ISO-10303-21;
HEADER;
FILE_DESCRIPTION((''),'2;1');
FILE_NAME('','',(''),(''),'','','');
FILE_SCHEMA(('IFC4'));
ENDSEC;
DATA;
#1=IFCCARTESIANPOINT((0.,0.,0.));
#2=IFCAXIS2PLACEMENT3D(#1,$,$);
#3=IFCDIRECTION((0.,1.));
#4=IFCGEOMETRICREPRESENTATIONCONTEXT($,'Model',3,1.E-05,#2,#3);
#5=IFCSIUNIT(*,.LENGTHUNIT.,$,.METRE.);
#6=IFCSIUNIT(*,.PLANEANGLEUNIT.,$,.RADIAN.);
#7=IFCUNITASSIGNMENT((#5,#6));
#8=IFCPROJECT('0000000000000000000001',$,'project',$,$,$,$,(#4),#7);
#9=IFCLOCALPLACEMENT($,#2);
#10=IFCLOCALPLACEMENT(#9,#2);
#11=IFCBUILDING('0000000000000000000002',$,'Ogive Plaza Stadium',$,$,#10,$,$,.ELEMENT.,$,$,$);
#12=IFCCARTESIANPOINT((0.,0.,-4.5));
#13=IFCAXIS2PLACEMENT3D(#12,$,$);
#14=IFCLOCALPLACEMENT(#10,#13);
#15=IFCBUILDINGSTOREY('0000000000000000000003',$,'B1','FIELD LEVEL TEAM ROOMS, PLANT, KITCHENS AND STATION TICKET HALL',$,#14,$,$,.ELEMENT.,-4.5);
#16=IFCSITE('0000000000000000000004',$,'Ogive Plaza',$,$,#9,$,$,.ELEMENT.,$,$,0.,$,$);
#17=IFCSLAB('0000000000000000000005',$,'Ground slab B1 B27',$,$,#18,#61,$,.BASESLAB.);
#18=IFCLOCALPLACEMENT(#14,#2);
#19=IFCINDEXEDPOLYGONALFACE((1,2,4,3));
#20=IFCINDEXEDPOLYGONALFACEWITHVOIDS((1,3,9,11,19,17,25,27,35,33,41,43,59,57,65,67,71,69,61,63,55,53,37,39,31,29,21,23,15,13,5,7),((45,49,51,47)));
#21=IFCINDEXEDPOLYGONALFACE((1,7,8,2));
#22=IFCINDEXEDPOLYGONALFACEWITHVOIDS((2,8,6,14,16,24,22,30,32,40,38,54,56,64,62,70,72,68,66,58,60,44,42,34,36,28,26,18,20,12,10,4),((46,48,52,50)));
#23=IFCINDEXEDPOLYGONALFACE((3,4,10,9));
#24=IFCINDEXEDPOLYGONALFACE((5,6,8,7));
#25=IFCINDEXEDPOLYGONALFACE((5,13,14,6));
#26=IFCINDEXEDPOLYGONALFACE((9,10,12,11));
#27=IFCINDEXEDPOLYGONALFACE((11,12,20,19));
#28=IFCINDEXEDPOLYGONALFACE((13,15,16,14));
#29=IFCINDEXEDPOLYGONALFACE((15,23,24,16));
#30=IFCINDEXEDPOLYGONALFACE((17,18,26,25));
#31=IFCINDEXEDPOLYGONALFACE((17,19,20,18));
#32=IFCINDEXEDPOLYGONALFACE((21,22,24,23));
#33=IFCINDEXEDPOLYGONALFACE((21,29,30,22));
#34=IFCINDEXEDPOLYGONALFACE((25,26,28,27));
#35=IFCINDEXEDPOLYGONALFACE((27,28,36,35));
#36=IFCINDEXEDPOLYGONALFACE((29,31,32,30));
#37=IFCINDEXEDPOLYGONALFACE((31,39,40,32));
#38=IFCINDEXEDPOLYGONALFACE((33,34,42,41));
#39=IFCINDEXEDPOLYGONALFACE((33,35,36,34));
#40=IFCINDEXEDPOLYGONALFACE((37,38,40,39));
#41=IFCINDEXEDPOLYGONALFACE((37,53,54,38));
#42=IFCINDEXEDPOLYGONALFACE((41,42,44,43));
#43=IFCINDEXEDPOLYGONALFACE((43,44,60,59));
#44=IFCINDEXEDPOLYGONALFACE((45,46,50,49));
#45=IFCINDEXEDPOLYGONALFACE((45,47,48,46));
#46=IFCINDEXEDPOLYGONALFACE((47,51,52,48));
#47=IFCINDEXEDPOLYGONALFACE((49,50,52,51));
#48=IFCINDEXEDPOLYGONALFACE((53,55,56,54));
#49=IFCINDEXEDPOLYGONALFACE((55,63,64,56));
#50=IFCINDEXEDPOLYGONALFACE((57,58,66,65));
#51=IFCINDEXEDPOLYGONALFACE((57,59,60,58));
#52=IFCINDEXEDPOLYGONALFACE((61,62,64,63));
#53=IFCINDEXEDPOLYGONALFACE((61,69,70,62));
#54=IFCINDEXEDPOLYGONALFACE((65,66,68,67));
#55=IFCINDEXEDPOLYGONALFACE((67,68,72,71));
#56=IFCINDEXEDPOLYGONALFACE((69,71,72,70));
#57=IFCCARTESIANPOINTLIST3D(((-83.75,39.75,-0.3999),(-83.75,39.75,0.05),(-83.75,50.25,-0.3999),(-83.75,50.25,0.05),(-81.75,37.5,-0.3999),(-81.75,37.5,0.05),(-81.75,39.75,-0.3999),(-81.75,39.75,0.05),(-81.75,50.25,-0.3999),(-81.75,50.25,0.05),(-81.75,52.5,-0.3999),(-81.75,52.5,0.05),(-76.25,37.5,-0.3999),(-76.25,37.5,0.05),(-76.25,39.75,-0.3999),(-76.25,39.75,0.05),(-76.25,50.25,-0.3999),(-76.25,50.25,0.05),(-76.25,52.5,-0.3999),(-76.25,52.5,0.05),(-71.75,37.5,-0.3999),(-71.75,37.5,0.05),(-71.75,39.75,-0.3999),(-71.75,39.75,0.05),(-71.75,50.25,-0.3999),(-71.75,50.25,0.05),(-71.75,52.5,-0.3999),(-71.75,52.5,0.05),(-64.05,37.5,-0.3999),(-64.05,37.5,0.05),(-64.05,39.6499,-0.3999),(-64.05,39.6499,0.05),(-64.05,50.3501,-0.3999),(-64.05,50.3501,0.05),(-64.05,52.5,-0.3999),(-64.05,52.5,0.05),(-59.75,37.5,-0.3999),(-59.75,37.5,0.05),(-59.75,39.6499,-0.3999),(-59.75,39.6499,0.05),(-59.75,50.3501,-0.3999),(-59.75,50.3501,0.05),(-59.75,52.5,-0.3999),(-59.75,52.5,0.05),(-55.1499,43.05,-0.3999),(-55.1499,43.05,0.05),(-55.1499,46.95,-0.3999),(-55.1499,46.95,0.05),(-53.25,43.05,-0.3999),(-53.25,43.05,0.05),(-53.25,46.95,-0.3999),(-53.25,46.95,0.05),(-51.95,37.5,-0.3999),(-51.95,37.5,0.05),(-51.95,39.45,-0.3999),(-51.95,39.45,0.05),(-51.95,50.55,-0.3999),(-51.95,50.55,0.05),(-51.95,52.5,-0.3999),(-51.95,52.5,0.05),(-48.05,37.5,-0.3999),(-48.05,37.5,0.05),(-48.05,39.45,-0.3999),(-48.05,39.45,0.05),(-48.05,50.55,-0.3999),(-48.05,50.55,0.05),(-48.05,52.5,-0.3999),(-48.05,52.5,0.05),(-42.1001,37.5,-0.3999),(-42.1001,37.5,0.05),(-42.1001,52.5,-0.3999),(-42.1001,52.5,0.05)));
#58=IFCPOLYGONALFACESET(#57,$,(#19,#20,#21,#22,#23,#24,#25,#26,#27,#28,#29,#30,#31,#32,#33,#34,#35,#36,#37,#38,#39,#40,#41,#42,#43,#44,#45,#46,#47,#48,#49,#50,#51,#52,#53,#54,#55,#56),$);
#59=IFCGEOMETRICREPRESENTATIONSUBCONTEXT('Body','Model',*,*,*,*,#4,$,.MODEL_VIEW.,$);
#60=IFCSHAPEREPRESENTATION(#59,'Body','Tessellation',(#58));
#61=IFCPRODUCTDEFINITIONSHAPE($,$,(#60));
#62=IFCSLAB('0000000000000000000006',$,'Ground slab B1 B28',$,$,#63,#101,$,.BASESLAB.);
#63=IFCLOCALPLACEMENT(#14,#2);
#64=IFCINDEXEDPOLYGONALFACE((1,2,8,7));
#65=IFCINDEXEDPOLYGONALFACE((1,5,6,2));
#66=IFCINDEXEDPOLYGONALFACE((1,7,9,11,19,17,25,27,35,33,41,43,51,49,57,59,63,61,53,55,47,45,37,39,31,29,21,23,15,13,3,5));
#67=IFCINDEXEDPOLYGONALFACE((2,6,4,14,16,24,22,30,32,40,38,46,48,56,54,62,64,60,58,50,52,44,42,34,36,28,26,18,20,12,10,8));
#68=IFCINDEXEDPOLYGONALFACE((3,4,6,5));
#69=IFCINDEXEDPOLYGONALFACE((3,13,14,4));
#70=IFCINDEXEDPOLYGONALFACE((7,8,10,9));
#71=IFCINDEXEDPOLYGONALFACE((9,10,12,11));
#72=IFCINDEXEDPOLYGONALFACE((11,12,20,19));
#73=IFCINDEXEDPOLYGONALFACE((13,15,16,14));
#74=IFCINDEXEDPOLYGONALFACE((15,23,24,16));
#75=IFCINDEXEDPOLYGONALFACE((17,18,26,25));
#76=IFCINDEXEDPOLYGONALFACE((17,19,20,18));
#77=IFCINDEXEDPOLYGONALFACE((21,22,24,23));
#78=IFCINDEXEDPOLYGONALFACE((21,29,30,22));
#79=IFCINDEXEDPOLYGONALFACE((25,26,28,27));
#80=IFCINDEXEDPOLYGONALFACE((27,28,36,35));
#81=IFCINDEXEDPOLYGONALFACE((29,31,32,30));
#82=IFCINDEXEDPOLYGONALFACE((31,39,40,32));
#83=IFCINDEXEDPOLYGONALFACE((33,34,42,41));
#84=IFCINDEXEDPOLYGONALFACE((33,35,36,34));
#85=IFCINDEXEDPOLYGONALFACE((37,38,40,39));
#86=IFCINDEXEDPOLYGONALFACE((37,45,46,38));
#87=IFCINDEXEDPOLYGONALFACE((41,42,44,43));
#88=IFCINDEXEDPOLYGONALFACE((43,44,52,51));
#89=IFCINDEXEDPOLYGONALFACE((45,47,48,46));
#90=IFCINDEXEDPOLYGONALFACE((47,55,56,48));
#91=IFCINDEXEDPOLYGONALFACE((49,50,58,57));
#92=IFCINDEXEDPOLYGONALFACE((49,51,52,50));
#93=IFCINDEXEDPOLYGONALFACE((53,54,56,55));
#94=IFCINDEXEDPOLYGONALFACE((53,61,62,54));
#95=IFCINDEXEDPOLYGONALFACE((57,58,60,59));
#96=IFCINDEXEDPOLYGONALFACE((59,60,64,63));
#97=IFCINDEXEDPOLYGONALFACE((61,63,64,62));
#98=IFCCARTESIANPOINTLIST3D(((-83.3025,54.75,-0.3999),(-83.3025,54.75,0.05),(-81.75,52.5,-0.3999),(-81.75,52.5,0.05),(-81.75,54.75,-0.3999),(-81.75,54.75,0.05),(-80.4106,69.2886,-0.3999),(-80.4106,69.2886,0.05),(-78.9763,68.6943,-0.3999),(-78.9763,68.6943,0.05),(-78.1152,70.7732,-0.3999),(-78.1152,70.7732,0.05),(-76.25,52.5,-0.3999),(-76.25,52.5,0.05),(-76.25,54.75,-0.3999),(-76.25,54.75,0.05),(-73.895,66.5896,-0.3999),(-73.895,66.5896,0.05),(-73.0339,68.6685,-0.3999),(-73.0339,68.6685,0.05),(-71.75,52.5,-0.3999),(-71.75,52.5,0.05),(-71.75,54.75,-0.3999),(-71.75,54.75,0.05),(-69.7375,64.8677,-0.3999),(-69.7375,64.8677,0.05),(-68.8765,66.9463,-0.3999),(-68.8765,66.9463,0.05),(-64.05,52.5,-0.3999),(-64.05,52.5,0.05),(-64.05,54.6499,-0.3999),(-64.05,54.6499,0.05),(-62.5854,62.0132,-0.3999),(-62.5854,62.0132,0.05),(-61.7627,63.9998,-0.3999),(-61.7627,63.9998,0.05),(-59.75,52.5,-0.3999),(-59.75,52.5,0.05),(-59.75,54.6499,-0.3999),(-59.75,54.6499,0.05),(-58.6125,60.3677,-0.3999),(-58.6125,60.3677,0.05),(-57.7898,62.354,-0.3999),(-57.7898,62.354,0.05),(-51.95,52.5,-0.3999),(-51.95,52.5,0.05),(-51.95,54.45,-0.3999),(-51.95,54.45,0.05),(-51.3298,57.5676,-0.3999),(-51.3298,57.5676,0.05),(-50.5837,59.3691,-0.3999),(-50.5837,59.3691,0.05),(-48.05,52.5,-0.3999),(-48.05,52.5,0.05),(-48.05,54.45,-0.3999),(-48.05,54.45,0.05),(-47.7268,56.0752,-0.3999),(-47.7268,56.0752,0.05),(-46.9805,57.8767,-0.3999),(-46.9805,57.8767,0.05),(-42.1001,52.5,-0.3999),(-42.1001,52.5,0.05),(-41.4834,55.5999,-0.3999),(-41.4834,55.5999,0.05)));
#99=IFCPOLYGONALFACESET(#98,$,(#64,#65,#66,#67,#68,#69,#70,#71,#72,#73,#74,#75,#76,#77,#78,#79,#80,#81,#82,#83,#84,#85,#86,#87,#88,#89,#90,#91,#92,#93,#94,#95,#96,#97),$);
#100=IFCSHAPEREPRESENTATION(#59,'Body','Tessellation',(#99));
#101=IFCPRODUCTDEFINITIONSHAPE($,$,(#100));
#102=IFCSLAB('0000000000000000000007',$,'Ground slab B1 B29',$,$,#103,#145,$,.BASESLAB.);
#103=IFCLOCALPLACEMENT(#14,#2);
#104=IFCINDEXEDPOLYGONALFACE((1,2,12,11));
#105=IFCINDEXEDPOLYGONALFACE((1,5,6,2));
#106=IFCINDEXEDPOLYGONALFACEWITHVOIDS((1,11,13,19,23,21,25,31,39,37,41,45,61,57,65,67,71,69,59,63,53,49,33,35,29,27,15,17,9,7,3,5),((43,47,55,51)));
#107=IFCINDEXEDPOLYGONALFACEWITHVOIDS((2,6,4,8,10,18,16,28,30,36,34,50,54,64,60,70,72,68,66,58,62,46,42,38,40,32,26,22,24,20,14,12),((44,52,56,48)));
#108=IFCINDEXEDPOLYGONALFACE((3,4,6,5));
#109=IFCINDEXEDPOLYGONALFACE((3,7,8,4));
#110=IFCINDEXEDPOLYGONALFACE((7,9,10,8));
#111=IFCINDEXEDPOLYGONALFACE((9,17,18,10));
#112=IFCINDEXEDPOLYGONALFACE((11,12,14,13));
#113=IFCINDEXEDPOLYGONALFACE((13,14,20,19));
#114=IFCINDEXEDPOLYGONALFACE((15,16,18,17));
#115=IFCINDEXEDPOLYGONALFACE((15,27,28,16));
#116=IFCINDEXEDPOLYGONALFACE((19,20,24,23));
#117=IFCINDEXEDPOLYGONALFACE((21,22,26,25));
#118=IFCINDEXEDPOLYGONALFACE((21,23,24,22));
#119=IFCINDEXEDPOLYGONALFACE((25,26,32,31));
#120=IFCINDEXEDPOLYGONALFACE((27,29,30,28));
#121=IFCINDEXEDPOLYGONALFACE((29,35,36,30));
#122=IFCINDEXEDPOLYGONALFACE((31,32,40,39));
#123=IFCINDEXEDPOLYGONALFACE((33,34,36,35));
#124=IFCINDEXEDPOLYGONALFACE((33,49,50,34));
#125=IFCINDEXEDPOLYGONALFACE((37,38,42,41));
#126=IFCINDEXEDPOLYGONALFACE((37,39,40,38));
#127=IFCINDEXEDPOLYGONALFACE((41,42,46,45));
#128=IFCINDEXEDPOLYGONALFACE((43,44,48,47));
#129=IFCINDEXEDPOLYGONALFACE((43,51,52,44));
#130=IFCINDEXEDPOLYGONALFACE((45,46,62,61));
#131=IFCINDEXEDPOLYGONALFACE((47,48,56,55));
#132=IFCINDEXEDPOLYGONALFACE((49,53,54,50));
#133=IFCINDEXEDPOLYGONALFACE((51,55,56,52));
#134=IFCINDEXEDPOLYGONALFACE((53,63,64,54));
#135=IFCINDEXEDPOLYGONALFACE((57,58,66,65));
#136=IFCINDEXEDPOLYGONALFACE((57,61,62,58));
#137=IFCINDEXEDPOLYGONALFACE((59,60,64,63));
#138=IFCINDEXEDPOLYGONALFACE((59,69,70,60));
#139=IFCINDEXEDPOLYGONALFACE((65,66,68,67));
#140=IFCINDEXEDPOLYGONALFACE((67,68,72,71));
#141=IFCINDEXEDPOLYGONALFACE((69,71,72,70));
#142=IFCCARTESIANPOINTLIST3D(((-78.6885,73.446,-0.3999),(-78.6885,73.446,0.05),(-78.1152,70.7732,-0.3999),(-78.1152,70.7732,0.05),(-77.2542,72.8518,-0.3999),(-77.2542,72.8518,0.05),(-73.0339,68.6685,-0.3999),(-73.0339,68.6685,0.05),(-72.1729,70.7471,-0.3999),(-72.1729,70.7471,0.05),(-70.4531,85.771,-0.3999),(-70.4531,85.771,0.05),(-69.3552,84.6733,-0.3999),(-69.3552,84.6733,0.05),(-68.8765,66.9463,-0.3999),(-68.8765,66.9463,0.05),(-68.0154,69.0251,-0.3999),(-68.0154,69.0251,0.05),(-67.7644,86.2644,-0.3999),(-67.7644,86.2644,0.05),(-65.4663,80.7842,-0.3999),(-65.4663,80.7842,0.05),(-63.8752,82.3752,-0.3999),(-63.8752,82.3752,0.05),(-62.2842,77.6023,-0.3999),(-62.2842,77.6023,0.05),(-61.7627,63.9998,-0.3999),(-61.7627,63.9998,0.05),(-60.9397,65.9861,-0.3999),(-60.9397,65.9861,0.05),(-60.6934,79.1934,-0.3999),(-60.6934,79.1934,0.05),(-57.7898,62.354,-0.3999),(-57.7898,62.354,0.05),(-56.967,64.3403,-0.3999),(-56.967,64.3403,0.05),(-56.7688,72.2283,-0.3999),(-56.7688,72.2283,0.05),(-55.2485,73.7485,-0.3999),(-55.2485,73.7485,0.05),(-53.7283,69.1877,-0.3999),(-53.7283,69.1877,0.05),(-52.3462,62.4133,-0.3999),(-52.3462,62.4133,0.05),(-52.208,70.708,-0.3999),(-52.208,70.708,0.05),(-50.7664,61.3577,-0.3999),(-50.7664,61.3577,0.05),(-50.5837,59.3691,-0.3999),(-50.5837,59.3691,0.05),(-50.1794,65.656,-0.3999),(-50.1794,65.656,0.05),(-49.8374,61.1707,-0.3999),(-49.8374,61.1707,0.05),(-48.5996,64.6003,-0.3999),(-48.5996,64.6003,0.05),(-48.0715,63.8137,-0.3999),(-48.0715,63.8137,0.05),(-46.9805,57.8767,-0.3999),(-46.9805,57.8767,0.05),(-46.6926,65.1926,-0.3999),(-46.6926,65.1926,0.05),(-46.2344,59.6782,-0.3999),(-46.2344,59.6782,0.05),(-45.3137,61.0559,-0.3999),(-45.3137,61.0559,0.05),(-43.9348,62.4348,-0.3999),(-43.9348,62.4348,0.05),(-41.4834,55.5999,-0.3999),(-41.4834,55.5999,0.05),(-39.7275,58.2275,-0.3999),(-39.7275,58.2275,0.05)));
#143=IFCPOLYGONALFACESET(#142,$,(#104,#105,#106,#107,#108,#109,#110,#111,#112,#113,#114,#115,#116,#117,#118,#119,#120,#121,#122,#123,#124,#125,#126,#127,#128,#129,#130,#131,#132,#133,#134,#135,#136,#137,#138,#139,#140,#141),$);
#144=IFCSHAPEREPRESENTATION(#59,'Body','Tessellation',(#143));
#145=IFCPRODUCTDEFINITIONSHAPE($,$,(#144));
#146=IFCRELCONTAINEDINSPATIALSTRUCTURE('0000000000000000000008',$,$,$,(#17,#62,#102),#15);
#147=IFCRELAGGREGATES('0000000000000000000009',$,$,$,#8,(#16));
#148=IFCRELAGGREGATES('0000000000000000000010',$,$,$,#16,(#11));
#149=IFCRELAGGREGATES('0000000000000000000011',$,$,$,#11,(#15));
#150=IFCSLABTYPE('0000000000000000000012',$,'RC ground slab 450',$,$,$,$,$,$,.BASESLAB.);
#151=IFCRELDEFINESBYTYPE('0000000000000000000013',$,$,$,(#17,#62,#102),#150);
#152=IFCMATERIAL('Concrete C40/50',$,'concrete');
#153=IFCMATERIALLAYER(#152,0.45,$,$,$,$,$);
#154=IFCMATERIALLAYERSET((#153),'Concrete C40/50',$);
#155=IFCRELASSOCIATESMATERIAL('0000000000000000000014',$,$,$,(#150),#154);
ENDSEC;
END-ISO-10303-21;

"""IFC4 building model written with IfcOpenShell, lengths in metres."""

from ifc_helpers import new_model, si_unit, direction, frame, origin, place, context, subcontext, project, spatial, polyline, outline, extrude, material, layer, layer_set, type_object, element, save


model = new_model("IFC4")

# Units and contexts
model_context = context("Model", 3, precision=1e-05, world=origin(), true_north=direction((0.0, 1.0)))
body_context = subcontext(model_context, "Body", "Model", "MODEL_VIEW")
ifc_project = project(units=[si_unit("LENGTHUNIT", "METRE"), si_unit("PLANEANGLEUNIT", "RADIAN")], contexts=[model_context])

# Site, building, storey
site_placement = place(None, origin())
site = spatial("IfcSite", under=ifc_project, at=site_placement, Name="Ogive Plaza", CompositionType="ELEMENT", RefElevation=0.0)
building_placement = place(site_placement, origin())
building = spatial("IfcBuilding", under=site, at=building_placement, Name="Ogive Plaza Stadium", CompositionType="ELEMENT")
storey_placement = place(building_placement, frame((0.0, 0.0, -4.5)))
storey = spatial("IfcBuildingStorey", under=building, at=storey_placement, Name="B1", Description="FIELD LEVEL TEAM ROOMS, PLANT, KITCHENS AND STATION TICKET HALL", CompositionType="ELEMENT", Elevation=-4.5)

# Slabs
ifc_material_1 = material(Name="Concrete C40/50", Category="concrete")
ifc_layer_1 = layer(ifc_material_1, 0.45)
ifc_layer_set_1 = layer_set([ifc_layer_1], Name="Concrete C40/50")
slab_type_1 = type_object("IfcSlabType", Name="RC ground slab 450", PredefinedType="BASESLAB", material=ifc_layer_set_1)
slab_1_placement = place(storey_placement, frame((0.0, 0.0, -0.3999)))
element("IfcSlab", 1, at=slab_1_placement, inside=storey, type_object=slab_type_1, Name="Ground slab B1 B27", PredefinedType="BASESLAB", context=body_context, shape_type="SweptSolid", body=[
    extrude(outline(polyline([(-48.05, 52.5), (-48.05, 50.55), (-51.95, 50.55), (-51.95, 52.5), (-59.75, 52.5), (-59.75, 50.3501), (-64.05, 50.3501), (-64.05, 52.5), (-71.75, 52.5), (-71.75, 50.25), (-76.25, 50.25), (-76.25, 52.5), (-81.75, 52.5), (-81.75, 50.25), (-83.75, 50.25), (-83.75, 39.75), (-81.75, 39.75), (-81.75, 37.5), (-76.25, 37.5), (-76.25, 39.75), (-71.75, 39.75), (-71.75, 37.5), (-64.05, 37.5), (-64.05, 39.6499), (-59.75, 39.6499), (-59.75, 37.5), (-51.95, 37.5), (-51.95, 39.45), (-48.05, 39.45), (-48.05, 37.5), (-42.1001, 37.5), (-42.1001, 52.5), (-48.05, 52.5)]), holes=[polyline([(-55.1499, 43.05), (-53.25, 43.05), (-53.25, 46.95), (-55.1499, 46.95), (-55.1499, 43.05)])]), origin(), (0.0, 0.0, 1.0), 0.45),
])
slab_2_placement = place(storey_placement, frame((0.0, 0.0, -0.3999)))
element("IfcSlab", 2, at=slab_2_placement, inside=storey, type_object=slab_type_1, Name="Ground slab B1 B28", PredefinedType="BASESLAB", context=body_context, shape_type="SweptSolid", body=[
    extrude(outline(polyline([(-46.9805, 57.8767), (-47.7268, 56.0752), (-51.3298, 57.5676), (-50.5837, 59.3691), (-57.7898, 62.354), (-58.6125, 60.3677), (-62.5854, 62.0132), (-61.7627, 63.9998), (-68.8765, 66.9463), (-69.7375, 64.8677), (-73.895, 66.5896), (-73.0339, 68.6685), (-78.1152, 70.7732), (-78.9763, 68.6943), (-80.4106, 69.2886), (-83.3025, 54.75), (-81.75, 54.75), (-81.75, 52.5), (-76.25, 52.5), (-76.25, 54.75), (-71.75, 54.75), (-71.75, 52.5), (-64.05, 52.5), (-64.05, 54.6499), (-59.75, 54.6499), (-59.75, 52.5), (-51.95, 52.5), (-51.95, 54.45), (-48.05, 54.45), (-48.05, 52.5), (-42.1001, 52.5), (-41.4834, 55.5999), (-46.9805, 57.8767)])), origin(), (0.0, 0.0, 1.0), 0.45),
])
slab_3_placement = place(storey_placement, frame((0.0, 0.0, -0.3999)))
element("IfcSlab", 3, at=slab_3_placement, inside=storey, type_object=slab_type_1, Name="Ground slab B1 B29", PredefinedType="BASESLAB", context=body_context, shape_type="SweptSolid", body=[
    extrude(outline(polyline([(-43.9348, 62.4348), (-45.3137, 61.0559), (-48.0715, 63.8137), (-46.6926, 65.1926), (-52.208, 70.708), (-53.7283, 69.1877), (-56.7688, 72.2283), (-55.2485, 73.7485), (-60.6934, 79.1934), (-62.2842, 77.6023), (-65.4663, 80.7842), (-63.8752, 82.3752), (-67.7644, 86.2644), (-69.3552, 84.6733), (-70.4531, 85.771), (-78.6885, 73.446), (-77.2542, 72.8518), (-78.1152, 70.7732), (-73.0339, 68.6685), (-72.1729, 70.7471), (-68.0154, 69.0251), (-68.8765, 66.9463), (-61.7627, 63.9998), (-60.9397, 65.9861), (-56.967, 64.3403), (-57.7898, 62.354), (-50.5837, 59.3691), (-49.8374, 61.1707), (-46.2344, 59.6782), (-46.9805, 57.8767), (-41.4834, 55.5999), (-39.7275, 58.2275), (-43.9348, 62.4348)]), holes=[polyline([(-52.3462, 62.4133), (-50.7664, 61.3577), (-48.5996, 64.6003), (-50.1794, 65.656), (-52.3462, 62.4133)])]), origin(), (0.0, 0.0, 1.0), 0.45),
])

save(model, "model.ifc")
